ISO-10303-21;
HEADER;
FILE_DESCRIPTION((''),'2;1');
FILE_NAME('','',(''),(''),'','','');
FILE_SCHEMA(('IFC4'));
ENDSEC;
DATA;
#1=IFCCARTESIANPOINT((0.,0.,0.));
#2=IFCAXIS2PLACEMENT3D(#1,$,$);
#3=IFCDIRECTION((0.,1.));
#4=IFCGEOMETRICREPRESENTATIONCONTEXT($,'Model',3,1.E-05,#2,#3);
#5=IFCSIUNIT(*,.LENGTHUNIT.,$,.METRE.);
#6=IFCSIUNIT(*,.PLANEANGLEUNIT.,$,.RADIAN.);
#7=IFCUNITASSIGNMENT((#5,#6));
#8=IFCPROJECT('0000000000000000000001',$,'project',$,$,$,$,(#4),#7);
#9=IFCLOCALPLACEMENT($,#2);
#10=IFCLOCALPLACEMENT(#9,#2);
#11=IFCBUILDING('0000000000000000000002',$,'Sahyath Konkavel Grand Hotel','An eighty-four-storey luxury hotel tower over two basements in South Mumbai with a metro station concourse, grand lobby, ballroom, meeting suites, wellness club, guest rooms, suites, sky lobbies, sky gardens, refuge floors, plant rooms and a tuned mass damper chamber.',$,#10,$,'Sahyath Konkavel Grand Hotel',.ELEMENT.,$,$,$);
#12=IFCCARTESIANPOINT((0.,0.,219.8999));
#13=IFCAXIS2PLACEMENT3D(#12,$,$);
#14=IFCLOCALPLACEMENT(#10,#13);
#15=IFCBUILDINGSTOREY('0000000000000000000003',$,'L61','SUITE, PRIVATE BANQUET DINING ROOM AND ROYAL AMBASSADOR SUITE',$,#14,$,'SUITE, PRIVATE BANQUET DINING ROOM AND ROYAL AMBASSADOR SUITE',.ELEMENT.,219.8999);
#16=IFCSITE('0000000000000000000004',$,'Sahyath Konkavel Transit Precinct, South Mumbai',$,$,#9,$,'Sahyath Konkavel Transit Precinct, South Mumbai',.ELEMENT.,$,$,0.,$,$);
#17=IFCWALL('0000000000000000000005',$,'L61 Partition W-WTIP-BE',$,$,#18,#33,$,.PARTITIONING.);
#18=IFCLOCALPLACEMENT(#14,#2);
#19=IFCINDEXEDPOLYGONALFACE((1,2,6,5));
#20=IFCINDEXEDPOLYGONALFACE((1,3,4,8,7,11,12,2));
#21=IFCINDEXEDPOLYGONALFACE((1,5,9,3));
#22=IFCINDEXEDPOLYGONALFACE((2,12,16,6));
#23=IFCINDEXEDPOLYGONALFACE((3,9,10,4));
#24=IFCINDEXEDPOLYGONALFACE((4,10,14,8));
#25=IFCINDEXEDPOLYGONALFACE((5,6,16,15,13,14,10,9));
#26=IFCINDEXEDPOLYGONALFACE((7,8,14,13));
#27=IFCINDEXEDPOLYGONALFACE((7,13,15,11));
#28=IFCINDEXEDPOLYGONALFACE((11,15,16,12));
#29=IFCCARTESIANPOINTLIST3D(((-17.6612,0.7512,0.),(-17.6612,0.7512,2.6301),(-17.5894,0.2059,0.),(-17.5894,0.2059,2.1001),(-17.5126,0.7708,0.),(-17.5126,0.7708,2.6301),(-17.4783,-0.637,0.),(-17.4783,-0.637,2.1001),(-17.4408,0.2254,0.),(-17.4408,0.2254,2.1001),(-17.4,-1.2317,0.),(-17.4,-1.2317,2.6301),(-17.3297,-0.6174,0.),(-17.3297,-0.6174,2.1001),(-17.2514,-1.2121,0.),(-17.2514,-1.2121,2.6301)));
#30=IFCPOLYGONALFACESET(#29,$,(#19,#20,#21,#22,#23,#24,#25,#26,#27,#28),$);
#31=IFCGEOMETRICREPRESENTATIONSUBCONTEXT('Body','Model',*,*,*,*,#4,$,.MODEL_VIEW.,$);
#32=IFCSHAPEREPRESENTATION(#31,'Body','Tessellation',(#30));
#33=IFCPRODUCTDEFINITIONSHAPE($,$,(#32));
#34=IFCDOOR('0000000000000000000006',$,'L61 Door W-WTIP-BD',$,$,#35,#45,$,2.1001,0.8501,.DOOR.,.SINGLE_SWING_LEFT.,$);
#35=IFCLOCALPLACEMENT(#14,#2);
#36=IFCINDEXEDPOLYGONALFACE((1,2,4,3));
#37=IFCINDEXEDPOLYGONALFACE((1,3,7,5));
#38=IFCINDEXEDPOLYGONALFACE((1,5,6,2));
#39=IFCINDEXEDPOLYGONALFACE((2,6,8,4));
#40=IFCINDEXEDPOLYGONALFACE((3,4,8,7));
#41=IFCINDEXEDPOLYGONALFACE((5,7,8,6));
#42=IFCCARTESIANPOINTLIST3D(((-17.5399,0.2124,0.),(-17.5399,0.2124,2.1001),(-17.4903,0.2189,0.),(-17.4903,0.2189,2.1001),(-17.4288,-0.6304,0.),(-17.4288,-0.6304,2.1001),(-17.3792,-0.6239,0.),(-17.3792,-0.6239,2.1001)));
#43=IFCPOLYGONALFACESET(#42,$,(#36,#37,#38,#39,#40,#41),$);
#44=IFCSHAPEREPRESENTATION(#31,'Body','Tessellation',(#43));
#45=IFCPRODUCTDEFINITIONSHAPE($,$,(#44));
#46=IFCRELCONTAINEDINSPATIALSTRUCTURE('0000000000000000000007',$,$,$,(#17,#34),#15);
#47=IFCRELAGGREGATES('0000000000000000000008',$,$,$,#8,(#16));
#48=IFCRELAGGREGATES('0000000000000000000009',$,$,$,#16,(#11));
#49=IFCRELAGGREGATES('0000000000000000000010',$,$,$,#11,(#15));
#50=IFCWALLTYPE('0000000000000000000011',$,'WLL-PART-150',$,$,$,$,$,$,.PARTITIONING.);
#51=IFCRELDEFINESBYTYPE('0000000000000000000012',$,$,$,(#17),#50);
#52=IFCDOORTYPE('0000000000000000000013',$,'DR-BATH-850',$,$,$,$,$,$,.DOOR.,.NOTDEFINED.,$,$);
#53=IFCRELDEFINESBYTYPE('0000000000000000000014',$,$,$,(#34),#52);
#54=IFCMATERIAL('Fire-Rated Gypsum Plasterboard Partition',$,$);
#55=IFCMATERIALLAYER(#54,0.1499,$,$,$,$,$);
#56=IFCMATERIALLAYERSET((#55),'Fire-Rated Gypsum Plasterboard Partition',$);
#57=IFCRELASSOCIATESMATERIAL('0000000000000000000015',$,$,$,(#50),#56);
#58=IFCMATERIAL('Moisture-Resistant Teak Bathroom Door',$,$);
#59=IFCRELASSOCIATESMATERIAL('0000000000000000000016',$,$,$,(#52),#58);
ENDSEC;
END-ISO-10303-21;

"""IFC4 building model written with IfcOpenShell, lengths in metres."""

from ifc_helpers import new_model, si_unit, direction, frame, frame_2d, origin, origin_2d, place, context, subcontext, project, spatial, rectangle, extrude, source, transform, mapped, material, layer, layer_set, type_object, element, fill, save


model = new_model("IFC4")

# Units and contexts
model_context = context("Model", 3, precision=1e-05, world=origin(), true_north=direction((0.0, 1.0)))
body_context = subcontext(model_context, "Body", "Model", "MODEL_VIEW")
ifc_project = project(units=[si_unit("LENGTHUNIT", "METRE"), si_unit("PLANEANGLEUNIT", "RADIAN")], contexts=[model_context])

# Site, building, storey
site_placement = place(None, origin())
site = spatial("IfcSite", under=ifc_project, at=site_placement, Name="Sahyath Konkavel Transit Precinct, South Mumbai", LongName="Sahyath Konkavel Transit Precinct, South Mumbai", CompositionType="ELEMENT", RefElevation=0.0)
building_placement = place(site_placement, origin())
building = spatial("IfcBuilding", under=site, at=building_placement, Name="Sahyath Konkavel Grand Hotel", Description="An eighty-four-storey luxury hotel tower over two basements in South Mumbai with a metro station concourse, grand lobby, ballroom, meeting suites, wellness club, guest rooms, suites, sky lobbies, sky gardens, refuge floors, plant rooms and a tuned mass damper chamber.", LongName="Sahyath Konkavel Grand Hotel", CompositionType="ELEMENT")
storey_placement = place(building_placement, frame((0.0, 0.0, 219.8999)))
storey = spatial("IfcBuildingStorey", under=building, at=storey_placement, Name="L61", Description="SUITE, PRIVATE BANQUET DINING ROOM AND ROYAL AMBASSADOR SUITE", LongName="SUITE, PRIVATE BANQUET DINING ROOM AND ROYAL AMBASSADOR SUITE", CompositionType="ELEMENT", Elevation=219.8999)

# Shared definitions
shared_shape_1 = source(origin(), body_context, "Body", "SweptSolid", [
    extrude(rectangle(XDim=0.8501, YDim=0.05, at=origin_2d()), origin(), (0.0, 0.0, 1.0), 2.1001),
])

# Shared definitions
ifc_material_1 = material(Name="Fire-Rated Gypsum Plasterboard Partition")
ifc_layer_1 = layer(ifc_material_1, 0.1499)
ifc_layer_set_1 = layer_set([ifc_layer_1], Name="Fire-Rated Gypsum Plasterboard Partition")
wall_type_1 = type_object("IfcWallType", Name="WLL-PART-150", PredefinedType="PARTITIONING", material=ifc_layer_set_1)

# Wall, opening, door
wall_1_placement = place(storey_placement, frame((-17.5869, 0.761, 0.0), z_axis=(0.0, 0.0, 1.0), x_axis=(0.130612, -0.991434, 0.0)))
wall_1 = element("IfcWall", 1, at=wall_1_placement, inside=storey, type_object=wall_type_1, Name="L61 Partition W-WTIP-BE", PredefinedType="PARTITIONING", context=body_context, shape_type="SweptSolid", body=[
    extrude(rectangle(XDim=2.0, YDim=0.1499, at=frame_2d((1.0, 0.0))), origin(), (0.0, 0.0, 1.0), 2.6301),
])
opening_1_placement = place(wall_1_placement, frame((0.55, 0.0, 0.0)))
opening_1 = element("IfcOpeningElement", 2, at=opening_1_placement, cuts=wall_1, PredefinedType="OPENING", context=body_context, shape_type="SweptSolid", body=[
    extrude(rectangle(XDim=0.8501, YDim=2.1001, at=frame_2d((0.425, 1.05))), frame((0.0, 0.085, 0.0), z_axis=(0.0, -1.0, 0.0), x_axis=(1.0, 0.0, 0.0)), (0.0, 0.0, 1.0), 0.1699),
])
ifc_material_2 = material(Name="Moisture-Resistant Teak Bathroom Door")
door_type_1 = type_object("IfcDoorType", Name="DR-BATH-850", OperationType="NOTDEFINED", PredefinedType="DOOR", material=ifc_material_2)
door_1_placement = place(opening_1_placement, frame((0.425, 0.0, 0.0)))
door_1 = element("IfcDoor", 3, at=door_1_placement, inside=storey, type_object=door_type_1, Name="L61 Door W-WTIP-BD", OperationType="SINGLE_SWING_LEFT", OverallHeight=2.1001, OverallWidth=0.8501, PredefinedType="DOOR", context=body_context, shape_type="MappedRepresentation", body=[
    mapped(shared_shape_1, transform((0.0, 0.0, 0.0), scale=1.0)),
])
fill(opening_1, door_1)

save(model, "model.ifc")
